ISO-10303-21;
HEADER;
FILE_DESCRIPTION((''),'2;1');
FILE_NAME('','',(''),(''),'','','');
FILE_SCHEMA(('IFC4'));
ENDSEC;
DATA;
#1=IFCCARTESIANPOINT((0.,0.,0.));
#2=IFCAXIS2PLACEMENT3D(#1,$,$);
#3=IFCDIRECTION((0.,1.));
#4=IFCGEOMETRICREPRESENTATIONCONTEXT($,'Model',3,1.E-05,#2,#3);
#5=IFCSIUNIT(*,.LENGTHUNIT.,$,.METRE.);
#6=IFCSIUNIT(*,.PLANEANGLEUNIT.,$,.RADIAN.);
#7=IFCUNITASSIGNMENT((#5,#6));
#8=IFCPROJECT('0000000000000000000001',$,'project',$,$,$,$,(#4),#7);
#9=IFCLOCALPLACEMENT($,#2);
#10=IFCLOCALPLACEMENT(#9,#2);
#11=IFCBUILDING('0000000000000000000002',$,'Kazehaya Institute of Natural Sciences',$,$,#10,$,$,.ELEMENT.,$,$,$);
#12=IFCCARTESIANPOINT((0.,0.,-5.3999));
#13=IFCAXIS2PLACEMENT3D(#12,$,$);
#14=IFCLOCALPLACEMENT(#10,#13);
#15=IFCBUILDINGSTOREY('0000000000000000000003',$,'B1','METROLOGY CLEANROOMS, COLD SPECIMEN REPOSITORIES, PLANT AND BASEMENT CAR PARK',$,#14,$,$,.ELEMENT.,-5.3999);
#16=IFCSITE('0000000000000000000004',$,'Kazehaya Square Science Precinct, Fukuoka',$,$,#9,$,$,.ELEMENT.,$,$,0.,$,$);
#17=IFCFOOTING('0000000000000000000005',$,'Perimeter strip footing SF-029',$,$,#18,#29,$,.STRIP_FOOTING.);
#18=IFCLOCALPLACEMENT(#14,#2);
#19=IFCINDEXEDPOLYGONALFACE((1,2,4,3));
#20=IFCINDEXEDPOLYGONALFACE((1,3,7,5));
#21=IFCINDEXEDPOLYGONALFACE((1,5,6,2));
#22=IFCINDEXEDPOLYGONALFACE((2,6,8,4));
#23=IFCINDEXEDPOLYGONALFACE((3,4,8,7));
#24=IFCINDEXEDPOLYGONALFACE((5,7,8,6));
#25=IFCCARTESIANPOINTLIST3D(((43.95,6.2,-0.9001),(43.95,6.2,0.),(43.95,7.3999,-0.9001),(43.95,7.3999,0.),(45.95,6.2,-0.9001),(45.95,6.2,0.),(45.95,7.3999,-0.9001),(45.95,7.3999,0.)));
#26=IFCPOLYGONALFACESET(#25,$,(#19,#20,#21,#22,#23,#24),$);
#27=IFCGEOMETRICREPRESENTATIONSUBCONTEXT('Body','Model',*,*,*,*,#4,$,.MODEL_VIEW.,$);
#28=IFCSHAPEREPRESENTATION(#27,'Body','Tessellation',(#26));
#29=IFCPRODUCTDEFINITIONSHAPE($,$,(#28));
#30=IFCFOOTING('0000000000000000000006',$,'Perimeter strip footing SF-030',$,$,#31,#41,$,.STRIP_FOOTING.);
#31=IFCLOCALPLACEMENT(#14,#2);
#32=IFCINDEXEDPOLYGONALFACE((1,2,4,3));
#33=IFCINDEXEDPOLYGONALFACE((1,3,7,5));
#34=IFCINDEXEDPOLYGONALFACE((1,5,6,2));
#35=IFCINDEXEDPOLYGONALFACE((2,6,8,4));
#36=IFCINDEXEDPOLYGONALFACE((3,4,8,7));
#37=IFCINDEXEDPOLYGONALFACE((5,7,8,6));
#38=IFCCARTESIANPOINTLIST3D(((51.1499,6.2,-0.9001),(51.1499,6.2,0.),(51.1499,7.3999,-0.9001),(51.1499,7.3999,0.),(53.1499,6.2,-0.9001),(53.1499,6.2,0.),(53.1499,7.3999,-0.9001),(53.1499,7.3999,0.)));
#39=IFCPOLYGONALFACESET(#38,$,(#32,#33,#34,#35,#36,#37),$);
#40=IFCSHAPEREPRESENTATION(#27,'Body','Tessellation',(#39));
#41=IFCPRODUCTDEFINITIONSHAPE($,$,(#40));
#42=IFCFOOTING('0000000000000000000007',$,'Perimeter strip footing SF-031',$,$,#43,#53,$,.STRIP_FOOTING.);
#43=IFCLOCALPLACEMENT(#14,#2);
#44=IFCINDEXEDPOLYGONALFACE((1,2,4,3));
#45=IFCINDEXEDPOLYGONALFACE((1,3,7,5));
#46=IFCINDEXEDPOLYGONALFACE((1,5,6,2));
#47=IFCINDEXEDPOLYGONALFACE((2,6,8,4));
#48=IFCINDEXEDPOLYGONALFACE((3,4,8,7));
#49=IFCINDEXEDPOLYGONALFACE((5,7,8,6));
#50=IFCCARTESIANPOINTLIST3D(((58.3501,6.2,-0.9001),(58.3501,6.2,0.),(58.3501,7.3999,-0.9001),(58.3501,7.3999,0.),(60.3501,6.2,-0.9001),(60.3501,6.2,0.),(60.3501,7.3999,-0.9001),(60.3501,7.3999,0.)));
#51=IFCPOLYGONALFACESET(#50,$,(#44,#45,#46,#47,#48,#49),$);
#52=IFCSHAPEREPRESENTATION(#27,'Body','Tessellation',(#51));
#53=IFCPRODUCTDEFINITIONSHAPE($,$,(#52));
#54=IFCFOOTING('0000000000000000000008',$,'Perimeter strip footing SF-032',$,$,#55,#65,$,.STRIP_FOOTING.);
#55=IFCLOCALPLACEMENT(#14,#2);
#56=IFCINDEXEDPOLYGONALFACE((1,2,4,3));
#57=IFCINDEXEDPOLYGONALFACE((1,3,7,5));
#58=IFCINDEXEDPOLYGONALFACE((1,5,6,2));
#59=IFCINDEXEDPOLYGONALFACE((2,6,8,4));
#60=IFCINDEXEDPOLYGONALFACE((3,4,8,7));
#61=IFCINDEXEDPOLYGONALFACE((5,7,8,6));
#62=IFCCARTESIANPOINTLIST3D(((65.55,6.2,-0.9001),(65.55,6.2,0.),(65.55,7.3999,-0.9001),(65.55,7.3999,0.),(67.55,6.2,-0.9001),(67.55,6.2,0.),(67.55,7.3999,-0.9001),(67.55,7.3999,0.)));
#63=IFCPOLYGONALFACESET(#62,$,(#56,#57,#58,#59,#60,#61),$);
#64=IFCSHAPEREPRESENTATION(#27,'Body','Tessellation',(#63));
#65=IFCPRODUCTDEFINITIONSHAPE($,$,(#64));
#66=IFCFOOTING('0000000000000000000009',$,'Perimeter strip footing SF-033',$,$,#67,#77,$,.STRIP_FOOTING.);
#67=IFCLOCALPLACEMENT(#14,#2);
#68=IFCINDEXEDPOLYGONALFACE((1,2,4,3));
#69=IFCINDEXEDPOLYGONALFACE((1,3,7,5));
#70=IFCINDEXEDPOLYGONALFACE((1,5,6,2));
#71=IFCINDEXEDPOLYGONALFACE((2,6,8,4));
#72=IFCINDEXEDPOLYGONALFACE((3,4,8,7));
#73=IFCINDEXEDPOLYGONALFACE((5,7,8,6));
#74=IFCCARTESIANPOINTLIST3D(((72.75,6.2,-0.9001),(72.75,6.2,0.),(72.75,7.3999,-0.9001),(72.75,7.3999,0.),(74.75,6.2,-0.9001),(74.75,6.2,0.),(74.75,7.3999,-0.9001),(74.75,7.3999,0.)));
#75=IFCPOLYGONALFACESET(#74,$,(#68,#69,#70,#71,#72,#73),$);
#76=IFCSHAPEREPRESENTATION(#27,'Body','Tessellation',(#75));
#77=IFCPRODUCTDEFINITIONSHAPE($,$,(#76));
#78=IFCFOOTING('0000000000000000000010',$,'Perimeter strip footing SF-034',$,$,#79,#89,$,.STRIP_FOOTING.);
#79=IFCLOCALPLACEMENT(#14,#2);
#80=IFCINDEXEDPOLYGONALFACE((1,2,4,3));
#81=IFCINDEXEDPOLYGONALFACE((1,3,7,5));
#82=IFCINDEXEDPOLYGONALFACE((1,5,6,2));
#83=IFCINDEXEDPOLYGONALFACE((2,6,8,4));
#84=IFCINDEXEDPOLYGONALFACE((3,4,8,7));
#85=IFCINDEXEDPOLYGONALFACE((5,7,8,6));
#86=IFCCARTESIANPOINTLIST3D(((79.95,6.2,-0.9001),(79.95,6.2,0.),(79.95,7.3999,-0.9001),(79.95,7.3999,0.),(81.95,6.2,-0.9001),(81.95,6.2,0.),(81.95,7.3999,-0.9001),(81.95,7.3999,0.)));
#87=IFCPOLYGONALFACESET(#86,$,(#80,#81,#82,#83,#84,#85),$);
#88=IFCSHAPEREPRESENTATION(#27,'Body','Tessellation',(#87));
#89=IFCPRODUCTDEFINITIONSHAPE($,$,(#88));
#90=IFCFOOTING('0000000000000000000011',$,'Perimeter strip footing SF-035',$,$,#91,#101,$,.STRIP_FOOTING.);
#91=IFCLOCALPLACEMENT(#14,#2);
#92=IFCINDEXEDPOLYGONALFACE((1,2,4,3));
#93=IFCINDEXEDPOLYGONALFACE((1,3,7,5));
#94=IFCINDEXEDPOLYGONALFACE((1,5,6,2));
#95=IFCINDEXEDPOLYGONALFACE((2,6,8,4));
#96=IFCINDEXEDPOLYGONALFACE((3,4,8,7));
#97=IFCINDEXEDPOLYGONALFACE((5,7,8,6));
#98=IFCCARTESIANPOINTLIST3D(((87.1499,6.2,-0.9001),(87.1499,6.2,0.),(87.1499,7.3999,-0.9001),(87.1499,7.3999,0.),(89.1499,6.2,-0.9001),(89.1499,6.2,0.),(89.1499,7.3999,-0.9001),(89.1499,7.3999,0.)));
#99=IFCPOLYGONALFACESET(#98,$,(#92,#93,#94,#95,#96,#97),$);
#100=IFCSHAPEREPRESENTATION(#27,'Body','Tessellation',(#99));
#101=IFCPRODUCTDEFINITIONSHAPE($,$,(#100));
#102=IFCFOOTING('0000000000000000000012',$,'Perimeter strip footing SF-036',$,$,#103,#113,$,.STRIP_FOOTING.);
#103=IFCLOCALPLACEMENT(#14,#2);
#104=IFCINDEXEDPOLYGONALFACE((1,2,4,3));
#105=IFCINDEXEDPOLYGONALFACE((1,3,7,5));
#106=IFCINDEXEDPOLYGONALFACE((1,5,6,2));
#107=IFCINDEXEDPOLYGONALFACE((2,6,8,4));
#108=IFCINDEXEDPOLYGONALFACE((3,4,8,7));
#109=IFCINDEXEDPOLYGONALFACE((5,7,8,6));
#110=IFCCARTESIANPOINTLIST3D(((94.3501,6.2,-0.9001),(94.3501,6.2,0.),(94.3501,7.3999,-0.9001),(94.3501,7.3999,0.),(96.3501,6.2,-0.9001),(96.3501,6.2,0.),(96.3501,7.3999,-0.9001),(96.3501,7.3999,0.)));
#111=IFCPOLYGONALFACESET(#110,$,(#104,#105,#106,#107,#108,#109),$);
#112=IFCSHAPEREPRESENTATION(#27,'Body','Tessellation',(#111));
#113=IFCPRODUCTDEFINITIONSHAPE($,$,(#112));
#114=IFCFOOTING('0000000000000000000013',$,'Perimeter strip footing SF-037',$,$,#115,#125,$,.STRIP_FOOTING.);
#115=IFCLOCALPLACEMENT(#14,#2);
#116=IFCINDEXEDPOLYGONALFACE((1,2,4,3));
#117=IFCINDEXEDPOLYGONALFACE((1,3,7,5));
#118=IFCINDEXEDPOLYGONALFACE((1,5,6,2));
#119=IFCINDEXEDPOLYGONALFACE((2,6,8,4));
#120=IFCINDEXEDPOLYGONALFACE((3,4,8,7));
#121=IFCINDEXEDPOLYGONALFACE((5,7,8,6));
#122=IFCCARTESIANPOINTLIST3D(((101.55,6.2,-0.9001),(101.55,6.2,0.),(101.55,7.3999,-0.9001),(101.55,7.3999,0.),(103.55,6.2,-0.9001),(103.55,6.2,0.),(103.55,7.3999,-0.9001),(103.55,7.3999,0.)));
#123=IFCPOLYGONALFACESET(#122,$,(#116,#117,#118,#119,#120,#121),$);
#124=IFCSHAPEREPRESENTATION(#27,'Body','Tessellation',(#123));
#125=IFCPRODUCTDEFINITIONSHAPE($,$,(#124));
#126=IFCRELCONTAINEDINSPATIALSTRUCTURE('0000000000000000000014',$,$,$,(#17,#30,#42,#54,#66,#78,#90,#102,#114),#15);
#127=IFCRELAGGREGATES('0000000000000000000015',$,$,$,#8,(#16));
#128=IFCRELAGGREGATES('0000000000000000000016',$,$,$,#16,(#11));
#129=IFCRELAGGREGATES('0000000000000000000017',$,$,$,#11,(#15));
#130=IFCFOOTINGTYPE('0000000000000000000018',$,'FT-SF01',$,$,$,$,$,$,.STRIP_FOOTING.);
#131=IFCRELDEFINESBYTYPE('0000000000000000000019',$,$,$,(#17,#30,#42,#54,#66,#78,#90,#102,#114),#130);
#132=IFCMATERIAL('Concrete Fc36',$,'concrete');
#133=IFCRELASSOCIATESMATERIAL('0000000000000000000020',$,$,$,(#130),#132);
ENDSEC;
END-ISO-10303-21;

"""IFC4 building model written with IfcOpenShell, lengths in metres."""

from ifc_helpers import new_model, si_unit, direction, frame, origin, place, context, subcontext, project, spatial, polyline, outline, extrude, material, type_object, element, save


model = new_model("IFC4")

# Units and contexts
model_context = context("Model", 3, precision=1e-05, world=origin(), true_north=direction((0.0, 1.0)))
body_context = subcontext(model_context, "Body", "Model", "MODEL_VIEW")
ifc_project = project(units=[si_unit("LENGTHUNIT", "METRE"), si_unit("PLANEANGLEUNIT", "RADIAN")], contexts=[model_context])

# Site, building, storey
site_placement = place(None, origin())
site = spatial("IfcSite", under=ifc_project, at=site_placement, Name="Kazehaya Square Science Precinct, Fukuoka", CompositionType="ELEMENT", RefElevation=0.0)
building_placement = place(site_placement, origin())
building = spatial("IfcBuilding", under=site, at=building_placement, Name="Kazehaya Institute of Natural Sciences", CompositionType="ELEMENT")
storey_placement = place(building_placement, frame((0.0, 0.0, -5.3999)))
storey = spatial("IfcBuildingStorey", under=building, at=storey_placement, Name="B1", Description="METROLOGY CLEANROOMS, COLD SPECIMEN REPOSITORIES, PLANT AND BASEMENT CAR PARK", CompositionType="ELEMENT", Elevation=-5.3999)

# Footings
ifc_material = material(Name="Concrete Fc36", Category="concrete")
footing_type = type_object("IfcFootingType", Name="FT-SF01", PredefinedType="STRIP_FOOTING", material=ifc_material)
footing_1_placement = place(storey_placement, frame((0.0, 0.0, -0.9001)))
element("IfcFooting", 1, at=footing_1_placement, inside=storey, type_object=footing_type, Name="Perimeter strip footing SF-029", PredefinedType="STRIP_FOOTING", context=body_context, shape_type="SweptSolid", body=[
    extrude(outline(polyline([(43.95, 6.2), (45.95, 6.2), (45.95, 7.3999), (43.95, 7.3999), (43.95, 6.2)])), origin(), (0.0, 0.0, 1.0), 0.9001),
])
footing_2_placement = place(storey_placement, frame((0.0, 0.0, -0.9001)))
element("IfcFooting", 2, at=footing_2_placement, inside=storey, type_object=footing_type, Name="Perimeter strip footing SF-030", PredefinedType="STRIP_FOOTING", context=body_context, shape_type="SweptSolid", body=[
    extrude(outline(polyline([(51.1499, 6.2), (53.1499, 6.2), (53.1499, 7.3999), (51.1499, 7.3999), (51.1499, 6.2)])), origin(), (0.0, 0.0, 1.0), 0.9001),
])
footing_3_placement = place(storey_placement, frame((0.0, 0.0, -0.9001)))
element("IfcFooting", 3, at=footing_3_placement, inside=storey, type_object=footing_type, Name="Perimeter strip footing SF-031", PredefinedType="STRIP_FOOTING", context=body_context, shape_type="SweptSolid", body=[
    extrude(outline(polyline([(58.3501, 6.2), (60.3501, 6.2), (60.3501, 7.3999), (58.3501, 7.3999), (58.3501, 6.2)])), origin(), (0.0, 0.0, 1.0), 0.9001),
])
footing_4_placement = place(storey_placement, frame((0.0, 0.0, -0.9001)))
element("IfcFooting", 4, at=footing_4_placement, inside=storey, type_object=footing_type, Name="Perimeter strip footing SF-032", PredefinedType="STRIP_FOOTING", context=body_context, shape_type="SweptSolid", body=[
    extrude(outline(polyline([(65.55, 6.2), (67.55, 6.2), (67.55, 7.3999), (65.55, 7.3999), (65.55, 6.2)])), origin(), (0.0, 0.0, 1.0), 0.9001),
])
footing_5_placement = place(storey_placement, frame((0.0, 0.0, -0.9001)))
element("IfcFooting", 5, at=footing_5_placement, inside=storey, type_object=footing_type, Name="Perimeter strip footing SF-033", PredefinedType="STRIP_FOOTING", context=body_context, shape_type="SweptSolid", body=[
    extrude(outline(polyline([(72.75, 6.2), (74.75, 6.2), (74.75, 7.3999), (72.75, 7.3999), (72.75, 6.2)])), origin(), (0.0, 0.0, 1.0), 0.9001),
])
footing_6_placement = place(storey_placement, frame((0.0, 0.0, -0.9001)))
element("IfcFooting", 6, at=footing_6_placement, inside=storey, type_object=footing_type, Name="Perimeter strip footing SF-034", PredefinedType="STRIP_FOOTING", context=body_context, shape_type="SweptSolid", body=[
    extrude(outline(polyline([(79.95, 6.2), (81.95, 6.2), (81.95, 7.3999), (79.95, 7.3999), (79.95, 6.2)])), origin(), (0.0, 0.0, 1.0), 0.9001),
])
footing_7_placement = place(storey_placement, frame((0.0, 0.0, -0.9001)))
element("IfcFooting", 7, at=footing_7_placement, inside=storey, type_object=footing_type, Name="Perimeter strip footing SF-035", PredefinedType="STRIP_FOOTING", context=body_context, shape_type="SweptSolid", body=[
    extrude(outline(polyline([(87.1499, 6.2), (89.1499, 6.2), (89.1499, 7.3999), (87.1499, 7.3999), (87.1499, 6.2)])), origin(), (0.0, 0.0, 1.0), 0.9001),
])
footing_8_placement = place(storey_placement, frame((0.0, 0.0, -0.9001)))
element("IfcFooting", 8, at=footing_8_placement, inside=storey, type_object=footing_type, Name="Perimeter strip footing SF-036", PredefinedType="STRIP_FOOTING", context=body_context, shape_type="SweptSolid", body=[
    extrude(outline(polyline([(94.3501, 6.2), (96.3501, 6.2), (96.3501, 7.3999), (94.3501, 7.3999), (94.3501, 6.2)])), origin(), (0.0, 0.0, 1.0), 0.9001),
])
footing_9_placement = place(storey_placement, frame((0.0, 0.0, -0.9001)))
element("IfcFooting", 9, at=footing_9_placement, inside=storey, type_object=footing_type, Name="Perimeter strip footing SF-037", PredefinedType="STRIP_FOOTING", context=body_context, shape_type="SweptSolid", body=[
    extrude(outline(polyline([(101.55, 6.2), (103.55, 6.2), (103.55, 7.3999), (101.55, 7.3999), (101.55, 6.2)])), origin(), (0.0, 0.0, 1.0), 0.9001),
])

save(model, "model.ifc")
